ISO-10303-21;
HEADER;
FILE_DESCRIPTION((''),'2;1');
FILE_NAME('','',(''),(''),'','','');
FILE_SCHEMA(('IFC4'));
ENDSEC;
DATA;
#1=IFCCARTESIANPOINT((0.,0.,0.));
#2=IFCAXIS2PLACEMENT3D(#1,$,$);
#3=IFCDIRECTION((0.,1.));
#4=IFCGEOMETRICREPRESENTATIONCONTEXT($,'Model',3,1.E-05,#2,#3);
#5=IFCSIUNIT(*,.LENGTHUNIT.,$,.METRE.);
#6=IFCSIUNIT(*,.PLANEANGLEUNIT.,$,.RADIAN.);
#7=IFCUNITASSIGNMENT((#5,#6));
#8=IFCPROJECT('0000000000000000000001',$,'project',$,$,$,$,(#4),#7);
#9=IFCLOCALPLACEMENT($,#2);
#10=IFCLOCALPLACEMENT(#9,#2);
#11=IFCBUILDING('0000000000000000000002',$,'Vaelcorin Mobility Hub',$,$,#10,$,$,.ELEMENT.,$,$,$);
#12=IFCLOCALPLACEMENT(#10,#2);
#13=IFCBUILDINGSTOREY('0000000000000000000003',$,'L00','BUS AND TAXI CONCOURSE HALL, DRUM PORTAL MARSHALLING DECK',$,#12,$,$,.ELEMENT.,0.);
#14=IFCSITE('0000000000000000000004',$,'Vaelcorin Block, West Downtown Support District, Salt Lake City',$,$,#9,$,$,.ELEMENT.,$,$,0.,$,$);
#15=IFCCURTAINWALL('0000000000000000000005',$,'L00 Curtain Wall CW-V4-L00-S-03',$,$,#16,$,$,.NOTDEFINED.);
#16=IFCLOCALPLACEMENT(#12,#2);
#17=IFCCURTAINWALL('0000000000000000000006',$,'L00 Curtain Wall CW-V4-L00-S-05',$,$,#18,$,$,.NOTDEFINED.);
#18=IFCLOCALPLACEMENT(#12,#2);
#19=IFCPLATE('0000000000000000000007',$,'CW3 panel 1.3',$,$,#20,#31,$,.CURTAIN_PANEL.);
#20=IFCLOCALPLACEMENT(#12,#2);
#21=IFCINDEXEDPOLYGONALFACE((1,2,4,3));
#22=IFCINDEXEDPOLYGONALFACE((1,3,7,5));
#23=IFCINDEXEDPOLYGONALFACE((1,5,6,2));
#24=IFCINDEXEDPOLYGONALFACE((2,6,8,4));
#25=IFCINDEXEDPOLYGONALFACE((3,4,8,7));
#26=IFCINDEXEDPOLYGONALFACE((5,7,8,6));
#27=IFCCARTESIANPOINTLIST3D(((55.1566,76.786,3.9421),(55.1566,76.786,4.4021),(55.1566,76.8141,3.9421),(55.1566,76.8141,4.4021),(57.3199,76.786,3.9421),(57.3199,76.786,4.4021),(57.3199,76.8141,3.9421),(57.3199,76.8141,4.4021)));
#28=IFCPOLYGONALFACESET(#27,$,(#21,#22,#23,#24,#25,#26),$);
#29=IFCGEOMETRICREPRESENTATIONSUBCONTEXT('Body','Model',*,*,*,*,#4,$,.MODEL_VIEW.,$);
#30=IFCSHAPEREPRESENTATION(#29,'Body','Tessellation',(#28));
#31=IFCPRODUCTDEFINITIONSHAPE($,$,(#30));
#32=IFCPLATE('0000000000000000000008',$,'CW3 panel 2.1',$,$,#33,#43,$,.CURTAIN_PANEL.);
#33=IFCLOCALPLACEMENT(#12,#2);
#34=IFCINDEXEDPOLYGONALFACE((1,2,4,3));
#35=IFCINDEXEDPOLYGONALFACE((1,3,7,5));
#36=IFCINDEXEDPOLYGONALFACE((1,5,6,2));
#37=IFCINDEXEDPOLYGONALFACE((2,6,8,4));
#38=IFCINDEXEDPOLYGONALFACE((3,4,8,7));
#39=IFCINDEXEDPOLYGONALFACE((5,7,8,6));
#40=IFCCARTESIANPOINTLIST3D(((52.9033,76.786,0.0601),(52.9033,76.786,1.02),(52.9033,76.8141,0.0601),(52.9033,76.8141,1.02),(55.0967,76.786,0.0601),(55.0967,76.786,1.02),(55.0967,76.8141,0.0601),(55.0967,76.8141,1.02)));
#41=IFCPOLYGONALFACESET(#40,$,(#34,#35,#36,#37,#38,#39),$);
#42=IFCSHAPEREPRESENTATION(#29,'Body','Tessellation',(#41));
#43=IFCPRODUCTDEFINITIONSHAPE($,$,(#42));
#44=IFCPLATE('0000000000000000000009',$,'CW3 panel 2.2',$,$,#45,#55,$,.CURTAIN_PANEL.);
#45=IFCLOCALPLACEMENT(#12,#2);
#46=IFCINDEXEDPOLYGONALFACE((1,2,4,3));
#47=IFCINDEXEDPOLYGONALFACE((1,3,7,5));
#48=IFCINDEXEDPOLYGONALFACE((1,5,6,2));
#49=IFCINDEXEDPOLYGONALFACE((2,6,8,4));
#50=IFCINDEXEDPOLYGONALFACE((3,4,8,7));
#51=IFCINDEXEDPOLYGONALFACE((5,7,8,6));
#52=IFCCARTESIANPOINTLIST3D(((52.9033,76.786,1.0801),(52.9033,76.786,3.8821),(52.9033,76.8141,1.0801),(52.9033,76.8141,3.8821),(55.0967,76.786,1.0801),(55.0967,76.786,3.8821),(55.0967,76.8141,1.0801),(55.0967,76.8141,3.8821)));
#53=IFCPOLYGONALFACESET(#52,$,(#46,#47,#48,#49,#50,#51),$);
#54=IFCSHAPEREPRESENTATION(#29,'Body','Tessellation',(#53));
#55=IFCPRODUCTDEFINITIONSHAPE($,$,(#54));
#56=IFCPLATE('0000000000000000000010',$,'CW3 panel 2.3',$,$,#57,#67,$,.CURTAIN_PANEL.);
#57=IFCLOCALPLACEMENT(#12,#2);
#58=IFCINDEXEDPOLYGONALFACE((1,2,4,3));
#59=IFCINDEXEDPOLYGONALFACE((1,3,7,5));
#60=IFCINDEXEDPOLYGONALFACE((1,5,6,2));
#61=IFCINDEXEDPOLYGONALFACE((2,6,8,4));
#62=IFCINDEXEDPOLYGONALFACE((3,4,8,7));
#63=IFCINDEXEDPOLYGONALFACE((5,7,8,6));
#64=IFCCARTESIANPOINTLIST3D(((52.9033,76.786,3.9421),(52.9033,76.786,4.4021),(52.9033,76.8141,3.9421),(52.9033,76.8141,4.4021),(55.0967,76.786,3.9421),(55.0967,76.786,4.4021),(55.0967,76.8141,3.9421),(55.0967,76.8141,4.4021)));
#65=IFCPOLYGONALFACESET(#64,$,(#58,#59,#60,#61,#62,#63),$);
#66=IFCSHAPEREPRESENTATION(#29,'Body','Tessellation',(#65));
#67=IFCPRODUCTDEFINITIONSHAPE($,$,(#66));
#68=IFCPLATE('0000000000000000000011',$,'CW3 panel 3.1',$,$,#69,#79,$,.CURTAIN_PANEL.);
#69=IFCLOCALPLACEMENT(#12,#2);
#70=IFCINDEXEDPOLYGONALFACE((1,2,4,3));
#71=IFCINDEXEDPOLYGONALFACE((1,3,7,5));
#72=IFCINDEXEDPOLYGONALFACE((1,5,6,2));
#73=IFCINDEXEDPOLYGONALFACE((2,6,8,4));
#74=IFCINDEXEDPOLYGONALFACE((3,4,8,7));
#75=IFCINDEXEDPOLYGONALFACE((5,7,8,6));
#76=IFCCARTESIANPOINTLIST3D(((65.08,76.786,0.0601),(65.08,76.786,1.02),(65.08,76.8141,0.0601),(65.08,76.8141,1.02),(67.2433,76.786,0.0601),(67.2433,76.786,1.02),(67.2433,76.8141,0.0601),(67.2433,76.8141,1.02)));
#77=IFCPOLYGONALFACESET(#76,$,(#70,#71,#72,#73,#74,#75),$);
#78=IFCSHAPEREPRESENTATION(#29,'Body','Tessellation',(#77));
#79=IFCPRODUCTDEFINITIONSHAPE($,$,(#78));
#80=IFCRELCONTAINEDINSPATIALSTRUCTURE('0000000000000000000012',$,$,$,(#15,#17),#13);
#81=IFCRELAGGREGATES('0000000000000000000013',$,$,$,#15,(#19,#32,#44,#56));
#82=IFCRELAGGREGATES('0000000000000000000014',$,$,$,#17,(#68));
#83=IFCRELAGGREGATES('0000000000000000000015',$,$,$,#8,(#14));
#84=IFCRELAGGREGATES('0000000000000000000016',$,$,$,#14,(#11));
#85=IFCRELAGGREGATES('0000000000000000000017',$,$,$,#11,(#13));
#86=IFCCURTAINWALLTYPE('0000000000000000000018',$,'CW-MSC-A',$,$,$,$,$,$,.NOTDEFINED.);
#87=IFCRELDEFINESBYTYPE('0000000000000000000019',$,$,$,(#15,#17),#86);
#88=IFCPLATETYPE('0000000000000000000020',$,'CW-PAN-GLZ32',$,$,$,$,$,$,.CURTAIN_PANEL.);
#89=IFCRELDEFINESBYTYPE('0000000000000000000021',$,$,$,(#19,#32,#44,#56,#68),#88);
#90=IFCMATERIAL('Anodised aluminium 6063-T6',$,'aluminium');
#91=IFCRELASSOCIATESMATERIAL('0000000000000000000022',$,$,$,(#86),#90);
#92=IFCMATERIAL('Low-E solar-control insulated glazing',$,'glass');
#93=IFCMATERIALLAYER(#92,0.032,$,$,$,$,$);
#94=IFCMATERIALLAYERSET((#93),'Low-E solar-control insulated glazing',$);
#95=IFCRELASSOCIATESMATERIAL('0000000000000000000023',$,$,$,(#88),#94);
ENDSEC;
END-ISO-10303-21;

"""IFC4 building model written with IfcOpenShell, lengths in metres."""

from ifc_helpers import new_model, si_unit, direction, frame, origin, origin_2d, place, context, subcontext, project, spatial, rectangle, extrude, material, layer, layer_set, type_object, element, aggregate, save


model = new_model("IFC4")

# Units and contexts
model_context = context("Model", 3, precision=1e-05, world=origin(), true_north=direction((0.0, 1.0)))
body_context = subcontext(model_context, "Body", "Model", "MODEL_VIEW")
ifc_project = project(units=[si_unit("LENGTHUNIT", "METRE"), si_unit("PLANEANGLEUNIT", "RADIAN")], contexts=[model_context])

# Site, building, storey
site_placement = place(None, origin())
site = spatial("IfcSite", under=ifc_project, at=site_placement, Name="Vaelcorin Block, West Downtown Support District, Salt Lake City", CompositionType="ELEMENT", RefElevation=0.0)
building_placement = place(site_placement, origin())
building = spatial("IfcBuilding", under=site, at=building_placement, Name="Vaelcorin Mobility Hub", CompositionType="ELEMENT")
storey_placement = place(building_placement, origin())
storey = spatial("IfcBuildingStorey", under=building, at=storey_placement, Name="L00", Description="BUS AND TAXI CONCOURSE HALL, DRUM PORTAL MARSHALLING DECK", CompositionType="ELEMENT", Elevation=0.0)

# Curtain wall
ifc_material_1 = material(Name="Anodised aluminium 6063-T6", Category="aluminium")
curtain_wall_type = type_object("IfcCurtainWallType", Name="CW-MSC-A", PredefinedType="NOTDEFINED", material=ifc_material_1)
curtain_wall_1_placement = place(storey_placement, origin())
curtain_wall_1 = element("IfcCurtainWall", 1, at=curtain_wall_1_placement, inside=storey, type_object=curtain_wall_type, Name="L00 Curtain Wall CW-V4-L00-S-03", PredefinedType="NOTDEFINED")

# Curtain wall
curtain_wall_2_placement = place(storey_placement, origin())
curtain_wall_2 = element("IfcCurtainWall", 2, at=curtain_wall_2_placement, inside=storey, type_object=curtain_wall_type, Name="L00 Curtain Wall CW-V4-L00-S-05", PredefinedType="NOTDEFINED")

# Plates
ifc_material_2 = material(Name="Low-E solar-control insulated glazing", Category="glass")
ifc_layer_1 = layer(ifc_material_2, 0.032)
ifc_layer_set_1 = layer_set([ifc_layer_1], Name="Low-E solar-control insulated glazing")
plate_type = type_object("IfcPlateType", Name="CW-PAN-GLZ32", PredefinedType="CURTAIN_PANEL", material=ifc_layer_set_1)
plate_1_placement = place(storey_placement, frame((56.2383, 76.8, 3.9421), z_axis=(0.0, 0.0, 1.0), x_axis=(-1.0, 0.0, 0.0)))
plate_1 = element("IfcPlate", 3, at=plate_1_placement, type_object=plate_type, Name="CW3 panel 1.3", PredefinedType="CURTAIN_PANEL", context=body_context, shape_type="SweptSolid", body=[
    extrude(rectangle(XDim=2.1633, YDim=0.0281, at=origin_2d()), origin(), (0.0, 0.0, 1.0), 0.46),
])
plate_2_placement = place(storey_placement, frame((54.0, 76.8, 0.0601), z_axis=(0.0, 0.0, 1.0), x_axis=(-1.0, 0.0, 0.0)))
plate_2 = element("IfcPlate", 4, at=plate_2_placement, type_object=plate_type, Name="CW3 panel 2.1", PredefinedType="CURTAIN_PANEL", context=body_context, shape_type="SweptSolid", body=[
    extrude(rectangle(XDim=2.1934, YDim=0.0281, at=origin_2d()), origin(), (0.0, 0.0, 1.0), 0.96),
])
plate_3_placement = place(storey_placement, frame((54.0, 76.8, 1.0801), z_axis=(0.0, 0.0, 1.0), x_axis=(-1.0, 0.0, 0.0)))
plate_3 = element("IfcPlate", 5, at=plate_3_placement, type_object=plate_type, Name="CW3 panel 2.2", PredefinedType="CURTAIN_PANEL", context=body_context, shape_type="SweptSolid", body=[
    extrude(rectangle(XDim=2.1934, YDim=0.0281, at=origin_2d()), origin(), (0.0, 0.0, 1.0), 2.802),
])
plate_4_placement = place(storey_placement, frame((54.0, 76.8, 3.9421), z_axis=(0.0, 0.0, 1.0), x_axis=(-1.0, 0.0, 0.0)))
plate_4 = element("IfcPlate", 6, at=plate_4_placement, type_object=plate_type, Name="CW3 panel 2.3", PredefinedType="CURTAIN_PANEL", context=body_context, shape_type="SweptSolid", body=[
    extrude(rectangle(XDim=2.1934, YDim=0.0281, at=origin_2d()), origin(), (0.0, 0.0, 1.0), 0.46),
])
aggregate(curtain_wall_1, [plate_1, plate_2, plate_3, plate_4])
plate_5_placement = place(storey_placement, frame((66.1616, 76.8, 0.0601), z_axis=(0.0, 0.0, 1.0), x_axis=(-1.0, 0.0, 0.0)))
plate_5 = element("IfcPlate", 7, at=plate_5_placement, type_object=plate_type, Name="CW3 panel 3.1", PredefinedType="CURTAIN_PANEL", context=body_context, shape_type="SweptSolid", body=[
    extrude(rectangle(XDim=2.1633, YDim=0.0281, at=origin_2d()), origin(), (0.0, 0.0, 1.0), 0.96),
])
aggregate(curtain_wall_2, [plate_5])

save(model, "model.ifc")
